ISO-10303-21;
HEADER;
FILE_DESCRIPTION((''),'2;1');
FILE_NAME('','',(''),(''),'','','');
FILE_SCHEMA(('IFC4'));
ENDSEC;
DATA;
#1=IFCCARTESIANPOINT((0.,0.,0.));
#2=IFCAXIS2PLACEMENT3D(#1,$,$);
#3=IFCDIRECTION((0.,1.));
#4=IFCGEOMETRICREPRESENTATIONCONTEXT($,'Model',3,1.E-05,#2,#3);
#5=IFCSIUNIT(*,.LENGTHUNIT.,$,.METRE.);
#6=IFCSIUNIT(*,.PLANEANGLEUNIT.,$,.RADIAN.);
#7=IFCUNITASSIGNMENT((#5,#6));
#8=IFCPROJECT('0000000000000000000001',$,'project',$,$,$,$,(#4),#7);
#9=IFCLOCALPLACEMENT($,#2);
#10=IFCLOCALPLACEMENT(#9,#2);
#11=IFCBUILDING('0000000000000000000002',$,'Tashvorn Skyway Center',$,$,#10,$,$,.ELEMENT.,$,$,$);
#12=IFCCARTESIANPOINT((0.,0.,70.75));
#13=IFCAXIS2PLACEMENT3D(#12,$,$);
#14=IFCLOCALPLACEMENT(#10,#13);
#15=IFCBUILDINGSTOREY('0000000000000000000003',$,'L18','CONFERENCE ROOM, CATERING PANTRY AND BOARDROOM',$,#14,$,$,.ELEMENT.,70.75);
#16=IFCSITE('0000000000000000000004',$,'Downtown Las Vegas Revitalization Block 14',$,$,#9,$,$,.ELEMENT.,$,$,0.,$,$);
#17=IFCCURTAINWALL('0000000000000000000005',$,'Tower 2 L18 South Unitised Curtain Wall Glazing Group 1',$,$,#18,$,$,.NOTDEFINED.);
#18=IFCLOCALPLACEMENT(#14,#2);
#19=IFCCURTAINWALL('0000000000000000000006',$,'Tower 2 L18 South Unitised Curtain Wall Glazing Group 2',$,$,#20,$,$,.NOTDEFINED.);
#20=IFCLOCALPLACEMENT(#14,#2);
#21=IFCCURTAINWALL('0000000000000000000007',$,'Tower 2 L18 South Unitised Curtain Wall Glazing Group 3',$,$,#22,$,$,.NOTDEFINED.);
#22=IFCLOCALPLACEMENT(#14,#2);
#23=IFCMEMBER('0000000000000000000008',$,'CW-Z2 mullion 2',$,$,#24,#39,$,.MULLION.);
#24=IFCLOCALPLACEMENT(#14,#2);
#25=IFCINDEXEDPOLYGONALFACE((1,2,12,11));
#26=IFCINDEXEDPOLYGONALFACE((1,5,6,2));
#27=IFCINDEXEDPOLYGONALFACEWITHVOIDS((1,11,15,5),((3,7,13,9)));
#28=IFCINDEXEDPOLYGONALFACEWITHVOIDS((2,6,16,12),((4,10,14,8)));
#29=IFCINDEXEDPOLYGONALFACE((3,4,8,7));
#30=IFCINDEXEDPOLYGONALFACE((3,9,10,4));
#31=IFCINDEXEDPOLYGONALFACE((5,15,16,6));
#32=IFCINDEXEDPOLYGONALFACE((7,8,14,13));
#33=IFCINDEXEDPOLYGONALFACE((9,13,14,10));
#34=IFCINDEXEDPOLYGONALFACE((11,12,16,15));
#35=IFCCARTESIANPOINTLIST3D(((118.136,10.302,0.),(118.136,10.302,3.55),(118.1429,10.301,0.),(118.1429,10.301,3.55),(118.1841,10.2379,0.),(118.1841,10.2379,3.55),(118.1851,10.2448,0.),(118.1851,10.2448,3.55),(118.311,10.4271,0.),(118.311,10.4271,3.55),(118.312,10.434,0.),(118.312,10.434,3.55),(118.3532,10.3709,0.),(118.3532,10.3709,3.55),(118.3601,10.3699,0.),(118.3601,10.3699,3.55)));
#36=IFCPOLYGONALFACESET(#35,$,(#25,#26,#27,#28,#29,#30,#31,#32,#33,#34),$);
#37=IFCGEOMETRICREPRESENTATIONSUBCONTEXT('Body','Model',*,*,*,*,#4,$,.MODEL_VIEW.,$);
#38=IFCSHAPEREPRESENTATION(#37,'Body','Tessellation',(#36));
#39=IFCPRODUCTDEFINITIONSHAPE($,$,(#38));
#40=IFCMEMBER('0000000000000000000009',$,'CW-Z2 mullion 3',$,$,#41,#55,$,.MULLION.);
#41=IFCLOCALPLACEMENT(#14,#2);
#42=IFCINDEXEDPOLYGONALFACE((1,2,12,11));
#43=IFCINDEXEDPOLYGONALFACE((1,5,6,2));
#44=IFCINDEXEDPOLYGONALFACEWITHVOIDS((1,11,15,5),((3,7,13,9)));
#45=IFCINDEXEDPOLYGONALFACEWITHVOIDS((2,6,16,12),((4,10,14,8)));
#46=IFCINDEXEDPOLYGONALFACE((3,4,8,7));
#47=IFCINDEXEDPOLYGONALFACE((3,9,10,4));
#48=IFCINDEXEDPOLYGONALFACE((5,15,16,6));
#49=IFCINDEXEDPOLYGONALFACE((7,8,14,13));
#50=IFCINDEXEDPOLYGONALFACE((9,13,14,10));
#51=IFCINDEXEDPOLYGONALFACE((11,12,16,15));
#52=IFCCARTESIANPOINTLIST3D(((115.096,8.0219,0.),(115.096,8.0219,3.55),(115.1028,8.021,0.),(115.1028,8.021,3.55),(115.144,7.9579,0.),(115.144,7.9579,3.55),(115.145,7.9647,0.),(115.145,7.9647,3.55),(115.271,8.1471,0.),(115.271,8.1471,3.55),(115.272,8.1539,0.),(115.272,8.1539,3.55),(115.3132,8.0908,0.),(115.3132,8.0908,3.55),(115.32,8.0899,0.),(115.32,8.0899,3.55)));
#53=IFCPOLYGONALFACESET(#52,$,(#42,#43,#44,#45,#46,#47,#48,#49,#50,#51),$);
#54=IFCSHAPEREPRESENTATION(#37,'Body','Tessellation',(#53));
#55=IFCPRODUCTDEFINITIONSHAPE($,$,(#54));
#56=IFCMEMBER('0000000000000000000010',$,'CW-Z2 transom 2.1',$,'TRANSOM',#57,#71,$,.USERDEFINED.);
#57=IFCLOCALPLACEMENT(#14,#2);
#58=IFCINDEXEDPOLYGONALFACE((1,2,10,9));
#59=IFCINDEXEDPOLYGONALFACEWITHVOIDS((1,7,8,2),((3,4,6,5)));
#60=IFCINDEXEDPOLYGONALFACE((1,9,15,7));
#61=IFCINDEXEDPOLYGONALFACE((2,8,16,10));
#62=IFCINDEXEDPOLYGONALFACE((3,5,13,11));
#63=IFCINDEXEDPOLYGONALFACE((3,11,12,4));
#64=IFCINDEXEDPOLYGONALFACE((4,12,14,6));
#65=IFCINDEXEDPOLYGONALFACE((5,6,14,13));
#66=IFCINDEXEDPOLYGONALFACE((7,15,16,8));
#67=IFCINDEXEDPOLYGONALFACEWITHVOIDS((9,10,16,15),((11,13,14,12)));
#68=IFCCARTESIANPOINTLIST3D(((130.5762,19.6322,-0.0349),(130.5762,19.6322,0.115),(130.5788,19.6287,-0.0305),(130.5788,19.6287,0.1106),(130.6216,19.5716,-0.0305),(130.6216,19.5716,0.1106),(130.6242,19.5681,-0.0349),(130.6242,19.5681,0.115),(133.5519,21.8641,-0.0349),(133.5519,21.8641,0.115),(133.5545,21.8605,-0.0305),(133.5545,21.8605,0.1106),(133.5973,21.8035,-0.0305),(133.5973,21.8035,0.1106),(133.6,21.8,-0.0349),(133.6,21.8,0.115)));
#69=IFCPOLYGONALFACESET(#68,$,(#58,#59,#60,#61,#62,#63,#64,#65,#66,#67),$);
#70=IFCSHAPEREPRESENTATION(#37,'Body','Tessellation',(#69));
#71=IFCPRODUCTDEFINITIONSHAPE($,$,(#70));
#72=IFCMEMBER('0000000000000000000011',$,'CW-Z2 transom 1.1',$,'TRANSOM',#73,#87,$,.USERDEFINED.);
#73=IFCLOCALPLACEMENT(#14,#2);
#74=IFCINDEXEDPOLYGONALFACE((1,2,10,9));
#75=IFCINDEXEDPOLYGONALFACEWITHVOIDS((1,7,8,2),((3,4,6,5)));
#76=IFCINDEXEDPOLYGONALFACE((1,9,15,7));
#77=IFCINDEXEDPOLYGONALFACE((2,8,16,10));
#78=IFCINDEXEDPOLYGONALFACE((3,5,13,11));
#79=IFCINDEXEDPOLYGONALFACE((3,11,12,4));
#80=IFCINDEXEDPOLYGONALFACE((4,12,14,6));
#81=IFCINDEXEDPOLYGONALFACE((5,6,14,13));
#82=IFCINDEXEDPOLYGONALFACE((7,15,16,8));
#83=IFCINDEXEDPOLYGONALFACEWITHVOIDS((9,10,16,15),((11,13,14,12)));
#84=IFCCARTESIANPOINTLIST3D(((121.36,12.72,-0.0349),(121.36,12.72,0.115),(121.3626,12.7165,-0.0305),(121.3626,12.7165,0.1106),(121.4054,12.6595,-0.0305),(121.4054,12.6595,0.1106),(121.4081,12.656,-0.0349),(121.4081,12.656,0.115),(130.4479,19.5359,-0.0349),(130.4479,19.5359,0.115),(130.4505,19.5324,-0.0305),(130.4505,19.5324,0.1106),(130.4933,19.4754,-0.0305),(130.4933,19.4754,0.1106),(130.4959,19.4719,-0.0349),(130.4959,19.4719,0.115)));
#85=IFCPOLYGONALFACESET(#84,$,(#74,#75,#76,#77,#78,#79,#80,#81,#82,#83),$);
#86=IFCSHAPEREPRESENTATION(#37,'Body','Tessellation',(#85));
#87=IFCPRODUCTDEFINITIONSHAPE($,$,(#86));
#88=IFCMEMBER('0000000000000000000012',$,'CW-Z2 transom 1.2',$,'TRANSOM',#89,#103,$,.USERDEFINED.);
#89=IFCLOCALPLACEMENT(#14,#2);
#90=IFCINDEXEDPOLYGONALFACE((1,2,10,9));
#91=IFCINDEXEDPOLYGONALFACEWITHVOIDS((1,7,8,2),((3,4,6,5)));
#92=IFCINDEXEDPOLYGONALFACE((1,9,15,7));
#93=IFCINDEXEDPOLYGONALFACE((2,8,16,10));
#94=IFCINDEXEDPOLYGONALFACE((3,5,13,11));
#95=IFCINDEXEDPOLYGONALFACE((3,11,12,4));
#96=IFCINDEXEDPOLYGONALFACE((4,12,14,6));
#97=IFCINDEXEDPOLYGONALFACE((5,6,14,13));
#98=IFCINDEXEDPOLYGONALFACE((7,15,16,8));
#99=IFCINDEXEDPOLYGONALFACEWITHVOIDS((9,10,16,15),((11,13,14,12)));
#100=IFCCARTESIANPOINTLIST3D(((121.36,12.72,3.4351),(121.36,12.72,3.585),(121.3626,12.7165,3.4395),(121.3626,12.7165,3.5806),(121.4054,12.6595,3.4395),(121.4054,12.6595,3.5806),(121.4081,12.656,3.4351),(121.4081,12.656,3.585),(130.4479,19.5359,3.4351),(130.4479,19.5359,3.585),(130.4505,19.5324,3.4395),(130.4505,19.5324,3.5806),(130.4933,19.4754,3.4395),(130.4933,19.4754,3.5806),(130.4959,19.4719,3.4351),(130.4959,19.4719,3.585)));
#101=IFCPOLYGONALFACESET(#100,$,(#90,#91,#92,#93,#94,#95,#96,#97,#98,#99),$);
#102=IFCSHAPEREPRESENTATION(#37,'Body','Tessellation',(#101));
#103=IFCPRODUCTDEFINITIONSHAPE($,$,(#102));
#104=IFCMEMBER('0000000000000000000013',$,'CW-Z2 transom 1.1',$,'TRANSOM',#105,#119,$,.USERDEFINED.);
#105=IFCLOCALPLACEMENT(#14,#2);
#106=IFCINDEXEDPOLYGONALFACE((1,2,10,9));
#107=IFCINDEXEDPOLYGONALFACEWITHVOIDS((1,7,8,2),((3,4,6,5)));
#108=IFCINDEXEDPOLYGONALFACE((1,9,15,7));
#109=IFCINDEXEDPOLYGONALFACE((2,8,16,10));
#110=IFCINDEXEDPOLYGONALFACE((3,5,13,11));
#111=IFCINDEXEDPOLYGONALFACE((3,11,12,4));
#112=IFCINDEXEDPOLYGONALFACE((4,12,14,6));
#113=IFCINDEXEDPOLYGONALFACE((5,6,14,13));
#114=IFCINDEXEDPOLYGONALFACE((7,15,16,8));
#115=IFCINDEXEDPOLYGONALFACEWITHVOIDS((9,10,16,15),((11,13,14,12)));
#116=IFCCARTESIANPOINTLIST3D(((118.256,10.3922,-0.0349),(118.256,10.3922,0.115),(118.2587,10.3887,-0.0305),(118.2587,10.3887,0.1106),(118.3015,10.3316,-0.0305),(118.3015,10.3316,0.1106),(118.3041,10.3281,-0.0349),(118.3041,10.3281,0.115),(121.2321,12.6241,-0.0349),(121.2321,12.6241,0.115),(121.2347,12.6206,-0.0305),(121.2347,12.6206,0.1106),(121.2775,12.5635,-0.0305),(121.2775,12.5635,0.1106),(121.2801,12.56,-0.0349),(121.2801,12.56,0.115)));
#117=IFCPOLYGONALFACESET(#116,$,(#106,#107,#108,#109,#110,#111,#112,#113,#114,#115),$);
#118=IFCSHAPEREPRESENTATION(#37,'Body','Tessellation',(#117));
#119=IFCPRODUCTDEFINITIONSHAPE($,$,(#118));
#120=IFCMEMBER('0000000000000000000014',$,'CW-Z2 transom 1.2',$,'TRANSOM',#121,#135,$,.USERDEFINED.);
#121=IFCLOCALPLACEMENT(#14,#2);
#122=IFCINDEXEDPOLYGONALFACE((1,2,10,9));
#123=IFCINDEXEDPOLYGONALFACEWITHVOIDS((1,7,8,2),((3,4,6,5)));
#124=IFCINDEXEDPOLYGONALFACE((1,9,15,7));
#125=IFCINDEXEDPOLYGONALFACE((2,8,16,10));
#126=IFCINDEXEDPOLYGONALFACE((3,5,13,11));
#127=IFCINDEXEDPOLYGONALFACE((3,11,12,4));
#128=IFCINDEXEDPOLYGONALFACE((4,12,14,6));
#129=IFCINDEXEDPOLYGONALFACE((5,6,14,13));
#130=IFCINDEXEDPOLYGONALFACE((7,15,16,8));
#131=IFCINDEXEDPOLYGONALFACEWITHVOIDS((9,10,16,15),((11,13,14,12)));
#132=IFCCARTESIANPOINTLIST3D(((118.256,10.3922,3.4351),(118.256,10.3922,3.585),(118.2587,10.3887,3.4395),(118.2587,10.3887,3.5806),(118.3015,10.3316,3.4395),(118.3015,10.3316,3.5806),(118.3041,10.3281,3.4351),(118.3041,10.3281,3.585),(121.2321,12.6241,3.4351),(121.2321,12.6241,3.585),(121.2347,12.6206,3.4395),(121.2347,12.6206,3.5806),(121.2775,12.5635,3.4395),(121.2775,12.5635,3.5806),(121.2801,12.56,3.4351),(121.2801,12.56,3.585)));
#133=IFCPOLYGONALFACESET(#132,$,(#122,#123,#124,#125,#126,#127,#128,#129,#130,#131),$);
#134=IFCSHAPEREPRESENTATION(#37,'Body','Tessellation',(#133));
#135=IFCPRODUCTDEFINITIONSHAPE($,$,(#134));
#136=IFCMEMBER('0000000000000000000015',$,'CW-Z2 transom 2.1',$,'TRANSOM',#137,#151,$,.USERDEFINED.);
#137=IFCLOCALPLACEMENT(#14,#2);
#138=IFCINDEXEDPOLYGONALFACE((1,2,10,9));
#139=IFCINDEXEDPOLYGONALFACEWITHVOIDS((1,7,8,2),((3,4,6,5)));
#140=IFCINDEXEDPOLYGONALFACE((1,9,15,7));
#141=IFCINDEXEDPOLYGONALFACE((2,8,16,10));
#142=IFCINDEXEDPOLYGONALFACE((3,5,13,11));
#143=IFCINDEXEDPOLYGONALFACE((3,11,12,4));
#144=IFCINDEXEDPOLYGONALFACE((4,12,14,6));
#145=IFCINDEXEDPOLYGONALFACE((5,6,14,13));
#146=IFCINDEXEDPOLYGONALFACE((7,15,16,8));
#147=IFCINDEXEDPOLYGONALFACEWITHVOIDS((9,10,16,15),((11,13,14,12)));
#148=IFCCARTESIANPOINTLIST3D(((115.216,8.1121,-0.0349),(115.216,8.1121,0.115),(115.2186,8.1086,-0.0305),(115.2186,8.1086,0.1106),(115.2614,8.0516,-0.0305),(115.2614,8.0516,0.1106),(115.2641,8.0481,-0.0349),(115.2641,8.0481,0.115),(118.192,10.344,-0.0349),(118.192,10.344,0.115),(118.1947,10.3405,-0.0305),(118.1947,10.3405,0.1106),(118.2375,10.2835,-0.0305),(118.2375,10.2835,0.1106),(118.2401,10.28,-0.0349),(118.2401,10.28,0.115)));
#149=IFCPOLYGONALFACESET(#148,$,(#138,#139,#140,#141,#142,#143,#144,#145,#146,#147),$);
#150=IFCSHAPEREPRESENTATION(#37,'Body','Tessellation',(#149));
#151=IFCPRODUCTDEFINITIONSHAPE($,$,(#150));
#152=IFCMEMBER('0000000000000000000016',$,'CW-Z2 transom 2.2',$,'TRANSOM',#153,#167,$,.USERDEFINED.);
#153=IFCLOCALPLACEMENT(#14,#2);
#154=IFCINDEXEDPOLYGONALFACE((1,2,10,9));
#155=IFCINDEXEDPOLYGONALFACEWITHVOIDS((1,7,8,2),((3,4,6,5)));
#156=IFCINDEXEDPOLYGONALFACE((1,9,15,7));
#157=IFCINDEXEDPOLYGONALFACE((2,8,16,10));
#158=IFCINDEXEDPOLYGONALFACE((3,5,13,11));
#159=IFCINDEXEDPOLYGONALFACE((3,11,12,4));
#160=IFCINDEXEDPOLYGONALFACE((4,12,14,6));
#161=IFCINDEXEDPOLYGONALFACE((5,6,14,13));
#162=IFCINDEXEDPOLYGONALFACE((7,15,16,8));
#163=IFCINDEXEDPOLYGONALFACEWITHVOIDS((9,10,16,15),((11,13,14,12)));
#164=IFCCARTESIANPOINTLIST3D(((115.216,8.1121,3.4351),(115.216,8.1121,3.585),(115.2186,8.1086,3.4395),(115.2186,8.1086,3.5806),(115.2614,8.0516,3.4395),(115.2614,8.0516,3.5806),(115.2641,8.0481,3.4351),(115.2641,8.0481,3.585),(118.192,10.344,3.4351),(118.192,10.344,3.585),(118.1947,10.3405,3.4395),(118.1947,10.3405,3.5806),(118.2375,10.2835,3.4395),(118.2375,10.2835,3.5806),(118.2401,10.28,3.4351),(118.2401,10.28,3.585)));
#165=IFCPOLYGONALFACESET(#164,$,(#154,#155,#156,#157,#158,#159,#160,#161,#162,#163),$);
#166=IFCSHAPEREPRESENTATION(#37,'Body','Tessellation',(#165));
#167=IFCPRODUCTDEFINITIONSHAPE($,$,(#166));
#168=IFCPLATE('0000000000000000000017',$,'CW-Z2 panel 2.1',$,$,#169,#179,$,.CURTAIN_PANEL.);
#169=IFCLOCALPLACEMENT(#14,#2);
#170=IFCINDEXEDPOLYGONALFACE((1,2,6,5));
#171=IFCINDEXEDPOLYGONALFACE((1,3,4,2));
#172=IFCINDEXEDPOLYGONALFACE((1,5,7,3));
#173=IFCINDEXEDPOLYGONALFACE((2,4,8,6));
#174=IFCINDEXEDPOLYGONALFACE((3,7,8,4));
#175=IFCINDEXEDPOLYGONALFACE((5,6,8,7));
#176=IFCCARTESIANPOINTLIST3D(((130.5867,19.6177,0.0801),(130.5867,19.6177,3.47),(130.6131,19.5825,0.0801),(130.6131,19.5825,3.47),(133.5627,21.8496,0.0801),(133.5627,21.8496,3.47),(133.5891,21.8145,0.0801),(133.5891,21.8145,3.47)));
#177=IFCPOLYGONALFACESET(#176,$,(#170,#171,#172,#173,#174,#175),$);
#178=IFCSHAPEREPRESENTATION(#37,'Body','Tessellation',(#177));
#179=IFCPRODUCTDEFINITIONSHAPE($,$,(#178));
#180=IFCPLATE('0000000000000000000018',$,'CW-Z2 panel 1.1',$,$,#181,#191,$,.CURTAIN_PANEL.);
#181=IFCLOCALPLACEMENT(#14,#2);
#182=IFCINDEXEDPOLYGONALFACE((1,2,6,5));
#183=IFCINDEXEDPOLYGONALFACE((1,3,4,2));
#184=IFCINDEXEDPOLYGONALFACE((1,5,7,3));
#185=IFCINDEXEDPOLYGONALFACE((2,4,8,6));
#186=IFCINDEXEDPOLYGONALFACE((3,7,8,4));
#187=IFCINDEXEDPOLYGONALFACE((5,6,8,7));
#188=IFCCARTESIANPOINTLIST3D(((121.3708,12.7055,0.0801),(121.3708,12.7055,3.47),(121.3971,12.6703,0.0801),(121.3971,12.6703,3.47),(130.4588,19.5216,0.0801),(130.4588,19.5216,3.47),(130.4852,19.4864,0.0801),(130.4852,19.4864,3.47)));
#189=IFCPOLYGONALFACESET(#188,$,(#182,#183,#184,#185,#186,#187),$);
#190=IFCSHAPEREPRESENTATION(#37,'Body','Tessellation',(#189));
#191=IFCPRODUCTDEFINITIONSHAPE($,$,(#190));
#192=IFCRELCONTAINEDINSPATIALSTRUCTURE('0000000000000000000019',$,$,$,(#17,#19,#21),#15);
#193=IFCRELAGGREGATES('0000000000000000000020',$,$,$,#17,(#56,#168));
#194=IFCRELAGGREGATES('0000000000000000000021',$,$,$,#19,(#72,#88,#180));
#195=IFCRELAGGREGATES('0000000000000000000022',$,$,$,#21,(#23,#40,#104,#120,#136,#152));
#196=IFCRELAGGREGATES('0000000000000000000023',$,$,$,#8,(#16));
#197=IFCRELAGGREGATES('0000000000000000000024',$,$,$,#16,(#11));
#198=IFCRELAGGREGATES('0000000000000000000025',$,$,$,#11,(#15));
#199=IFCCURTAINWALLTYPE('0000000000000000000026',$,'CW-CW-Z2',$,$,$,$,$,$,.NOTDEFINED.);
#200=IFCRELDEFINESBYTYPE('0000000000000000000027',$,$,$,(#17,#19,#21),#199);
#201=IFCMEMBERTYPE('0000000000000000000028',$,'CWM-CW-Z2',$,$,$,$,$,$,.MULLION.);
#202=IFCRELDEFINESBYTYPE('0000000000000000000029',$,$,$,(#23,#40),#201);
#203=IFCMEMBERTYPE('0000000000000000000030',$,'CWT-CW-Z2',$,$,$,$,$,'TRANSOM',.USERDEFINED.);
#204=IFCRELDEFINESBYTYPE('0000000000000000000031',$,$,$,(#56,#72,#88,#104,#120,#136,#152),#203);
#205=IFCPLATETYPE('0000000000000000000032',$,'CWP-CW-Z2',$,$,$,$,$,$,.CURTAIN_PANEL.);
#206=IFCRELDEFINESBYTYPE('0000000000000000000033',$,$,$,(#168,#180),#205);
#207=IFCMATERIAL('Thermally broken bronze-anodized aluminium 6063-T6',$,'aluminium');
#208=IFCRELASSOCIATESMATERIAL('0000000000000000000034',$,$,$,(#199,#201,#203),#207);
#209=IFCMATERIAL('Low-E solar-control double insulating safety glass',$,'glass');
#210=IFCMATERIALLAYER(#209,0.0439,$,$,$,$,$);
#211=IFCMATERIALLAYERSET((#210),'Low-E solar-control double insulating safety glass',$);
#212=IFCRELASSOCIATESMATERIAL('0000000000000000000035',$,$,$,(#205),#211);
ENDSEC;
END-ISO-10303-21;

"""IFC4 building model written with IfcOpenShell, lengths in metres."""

from ifc_helpers import new_model, si_unit, direction, frame, origin, origin_2d, place, context, subcontext, project, spatial, rectangle, hollow_rectangle, extrude, material, layer, layer_set, material_profile, profile_set, type_object, element, aggregate, save


model = new_model("IFC4")

# Units and contexts
model_context = context("Model", 3, precision=1e-05, world=origin(), true_north=direction((0.0, 1.0)))
body_context = subcontext(model_context, "Body", "Model", "MODEL_VIEW")
ifc_project = project(units=[si_unit("LENGTHUNIT", "METRE"), si_unit("PLANEANGLEUNIT", "RADIAN")], contexts=[model_context])

# Site, building, storey
site_placement = place(None, origin())
site = spatial("IfcSite", under=ifc_project, at=site_placement, Name="Downtown Las Vegas Revitalization Block 14", CompositionType="ELEMENT", RefElevation=0.0)
building_placement = place(site_placement, origin())
building = spatial("IfcBuilding", under=site, at=building_placement, Name="Tashvorn Skyway Center", CompositionType="ELEMENT")
storey_placement = place(building_placement, frame((0.0, 0.0, 70.75)))
storey = spatial("IfcBuildingStorey", under=building, at=storey_placement, Name="L18", Description="CONFERENCE ROOM, CATERING PANTRY AND BOARDROOM", CompositionType="ELEMENT", Elevation=70.75)

# Curtain wall
ifc_material_1 = material(Name="Thermally broken bronze-anodized aluminium 6063-T6", Category="aluminium")
curtain_wall_type = type_object("IfcCurtainWallType", Name="CW-CW-Z2", PredefinedType="NOTDEFINED", material=ifc_material_1)
curtain_wall_1_placement = place(storey_placement, origin())
curtain_wall_1 = element("IfcCurtainWall", 1, at=curtain_wall_1_placement, inside=storey, type_object=curtain_wall_type, Name="Tower 2 L18 South Unitised Curtain Wall Glazing Group 1", PredefinedType="NOTDEFINED")
ifc_material_profile_1 = material_profile(ifc_material_1, hollow_rectangle(XDim=0.0801, YDim=0.22, WallThickness=0.0049, at=origin_2d()), Name="ALU-MULL-80x220")
ifc_profile_set_1 = profile_set([ifc_material_profile_1], Name="Thermally broken bronze-anodized aluminium 6063-T6")
member_type_1 = type_object("IfcMemberType", Name="CWM-CW-Z2", PredefinedType="MULLION", material=ifc_profile_set_1)

# Curtain walls, members
curtain_wall_2_placement = place(storey_placement, origin())
curtain_wall_2 = element("IfcCurtainWall", 2, at=curtain_wall_2_placement, inside=storey, type_object=curtain_wall_type, Name="Tower 2 L18 South Unitised Curtain Wall Glazing Group 2", PredefinedType="NOTDEFINED")
curtain_wall_3_placement = place(storey_placement, origin())
curtain_wall_3 = element("IfcCurtainWall", 3, at=curtain_wall_3_placement, inside=storey, type_object=curtain_wall_type, Name="Tower 2 L18 South Unitised Curtain Wall Glazing Group 3", PredefinedType="NOTDEFINED")
member_1_placement = place(storey_placement, frame((118.248, 10.3359, 0.0), z_axis=(0.0, 0.0, 1.0), x_axis=(0.6, -0.8, 0.0)))
member_1 = element("IfcMember", 4, at=member_1_placement, type_object=member_type_1, Name="CW-Z2 mullion 2", PredefinedType="MULLION", context=body_context, shape_type="SweptSolid", body=[
    extrude(hollow_rectangle(XDim=0.0801, YDim=0.22, WallThickness=0.0049, at=origin_2d()), origin(), (0.0, 0.0, 1.0), 3.55),
])
member_2_placement = place(storey_placement, frame((115.208, 8.0559, 0.0), z_axis=(0.0, 0.0, 1.0), x_axis=(0.6, -0.8, 0.0)))
member_2 = element("IfcMember", 5, at=member_2_placement, type_object=member_type_1, Name="CW-Z2 mullion 3", PredefinedType="MULLION", context=body_context, shape_type="SweptSolid", body=[
    extrude(hollow_rectangle(XDim=0.0801, YDim=0.22, WallThickness=0.0049, at=origin_2d()), origin(), (0.0, 0.0, 1.0), 3.55),
])

# Members
ifc_material_profile_2 = material_profile(ifc_material_1, hollow_rectangle(XDim=0.0801, YDim=0.1499, WallThickness=0.0044, at=origin_2d()), Name="ALU-TRAN-80x150")
ifc_profile_set_2 = profile_set([ifc_material_profile_2], Name="Thermally broken bronze-anodized aluminium 6063-T6")
member_type_2 = type_object("IfcMemberType", Name="CWT-CW-Z2", ElementType="TRANSOM", PredefinedType="USERDEFINED", material=ifc_profile_set_2)
member_3_placement = place(storey_placement, frame((133.5759, 21.832, 0.04), z_axis=(-0.799992, -0.600011, 0.0), x_axis=(0.600011, -0.799992, 0.0)))
member_3 = element("IfcMember", 6, at=member_3_placement, type_object=member_type_2, Name="CW-Z2 transom 2.1", ObjectType="TRANSOM", PredefinedType="USERDEFINED", context=body_context, shape_type="SweptSolid", body=[
    extrude(hollow_rectangle(XDim=0.0801, YDim=0.1499, WallThickness=0.0044, at=origin_2d()), origin(), (0.0, 0.0, 1.0), 3.7197),
])
member_4_placement = place(storey_placement, frame((130.4719, 19.5039, 0.04), z_axis=(-0.8, -0.6, 0.0), x_axis=(0.6, -0.8, 0.0)))
member_4 = element("IfcMember", 7, at=member_4_placement, type_object=member_type_2, Name="CW-Z2 transom 1.1", ObjectType="TRANSOM", PredefinedType="USERDEFINED", context=body_context, shape_type="SweptSolid", body=[
    extrude(hollow_rectangle(XDim=0.0801, YDim=0.1499, WallThickness=0.0044, at=origin_2d()), origin(), (0.0, 0.0, 1.0), 11.3599),
])
member_5_placement = place(storey_placement, frame((130.4719, 19.5039, 3.51), z_axis=(-0.8, -0.6, 0.0), x_axis=(0.6, -0.8, 0.0)))
member_5 = element("IfcMember", 8, at=member_5_placement, type_object=member_type_2, Name="CW-Z2 transom 1.2", ObjectType="TRANSOM", PredefinedType="USERDEFINED", context=body_context, shape_type="SweptSolid", body=[
    extrude(hollow_rectangle(XDim=0.0801, YDim=0.1499, WallThickness=0.0044, at=origin_2d()), origin(), (0.0, 0.0, 1.0), 11.3599),
])
member_6_placement = place(storey_placement, frame((121.2561, 12.592, 0.04), z_axis=(-0.800016, -0.599979, 0.0), x_axis=(0.599979, -0.800016, 0.0)))
member_6 = element("IfcMember", 9, at=member_6_placement, type_object=member_type_2, Name="CW-Z2 transom 1.1", ObjectType="TRANSOM", PredefinedType="USERDEFINED", context=body_context, shape_type="SweptSolid", body=[
    extrude(hollow_rectangle(XDim=0.0801, YDim=0.1499, WallThickness=0.0044, at=origin_2d()), origin(), (0.0, 0.0, 1.0), 3.72),
])
member_7_placement = place(storey_placement, frame((121.2561, 12.592, 3.51), z_axis=(-0.800016, -0.599979, 0.0), x_axis=(0.599979, -0.800016, 0.0)))
member_7 = element("IfcMember", 10, at=member_7_placement, type_object=member_type_2, Name="CW-Z2 transom 1.2", ObjectType="TRANSOM", PredefinedType="USERDEFINED", context=body_context, shape_type="SweptSolid", body=[
    extrude(hollow_rectangle(XDim=0.0801, YDim=0.1499, WallThickness=0.0044, at=origin_2d()), origin(), (0.0, 0.0, 1.0), 3.72),
])
member_8_placement = place(storey_placement, frame((118.2161, 10.312, 0.04), z_axis=(-0.800016, -0.599979, 0.0), x_axis=(0.599979, -0.800016, 0.0)))
member_8 = element("IfcMember", 11, at=member_8_placement, type_object=member_type_2, Name="CW-Z2 transom 2.1", ObjectType="TRANSOM", PredefinedType="USERDEFINED", context=body_context, shape_type="SweptSolid", body=[
    extrude(hollow_rectangle(XDim=0.0801, YDim=0.1499, WallThickness=0.0044, at=origin_2d()), origin(), (0.0, 0.0, 1.0), 3.72),
])
member_9_placement = place(storey_placement, frame((118.2161, 10.312, 3.51), z_axis=(-0.800016, -0.599979, 0.0), x_axis=(0.599979, -0.800016, 0.0)))
member_9 = element("IfcMember", 12, at=member_9_placement, type_object=member_type_2, Name="CW-Z2 transom 2.2", ObjectType="TRANSOM", PredefinedType="USERDEFINED", context=body_context, shape_type="SweptSolid", body=[
    extrude(hollow_rectangle(XDim=0.0801, YDim=0.1499, WallThickness=0.0044, at=origin_2d()), origin(), (0.0, 0.0, 1.0), 3.72),
])

# Plates
ifc_material_2 = material(Name="Low-E solar-control double insulating safety glass", Category="glass")
ifc_layer_1 = layer(ifc_material_2, 0.0439)
ifc_layer_set_1 = layer_set([ifc_layer_1], Name="Low-E solar-control double insulating safety glass")
plate_type = type_object("IfcPlateType", Name="CWP-CW-Z2", PredefinedType="CURTAIN_PANEL", material=ifc_layer_set_1)
plate_1_placement = place(storey_placement, frame((132.0879, 20.7161, 0.0801), z_axis=(0.0, 0.0, 1.0), x_axis=(-0.8, -0.6, 0.0)))
plate_1 = element("IfcPlate", 13, at=plate_1_placement, type_object=plate_type, Name="CW-Z2 panel 2.1", PredefinedType="CURTAIN_PANEL", context=body_context, shape_type="SweptSolid", body=[
    extrude(rectangle(XDim=3.72, YDim=0.0439, at=origin_2d()), origin(), (0.0, 0.0, 1.0), 3.3899),
])
aggregate(curtain_wall_1, [member_3, plate_1])
plate_2_placement = place(storey_placement, frame((125.928, 16.0959, 0.0801), z_axis=(0.0, 0.0, 1.0), x_axis=(-0.8, -0.6, 0.0)))
plate_2 = element("IfcPlate", 14, at=plate_2_placement, type_object=plate_type, Name="CW-Z2 panel 1.1", PredefinedType="CURTAIN_PANEL", context=body_context, shape_type="SweptSolid", body=[
    extrude(rectangle(XDim=11.3601, YDim=0.0439, at=origin_2d()), origin(), (0.0, 0.0, 1.0), 3.3899),
])
aggregate(curtain_wall_2, [member_4, member_5, plate_2])
aggregate(curtain_wall_3, [member_1, member_2, member_6, member_7, member_8, member_9])

save(model, "model.ifc")
